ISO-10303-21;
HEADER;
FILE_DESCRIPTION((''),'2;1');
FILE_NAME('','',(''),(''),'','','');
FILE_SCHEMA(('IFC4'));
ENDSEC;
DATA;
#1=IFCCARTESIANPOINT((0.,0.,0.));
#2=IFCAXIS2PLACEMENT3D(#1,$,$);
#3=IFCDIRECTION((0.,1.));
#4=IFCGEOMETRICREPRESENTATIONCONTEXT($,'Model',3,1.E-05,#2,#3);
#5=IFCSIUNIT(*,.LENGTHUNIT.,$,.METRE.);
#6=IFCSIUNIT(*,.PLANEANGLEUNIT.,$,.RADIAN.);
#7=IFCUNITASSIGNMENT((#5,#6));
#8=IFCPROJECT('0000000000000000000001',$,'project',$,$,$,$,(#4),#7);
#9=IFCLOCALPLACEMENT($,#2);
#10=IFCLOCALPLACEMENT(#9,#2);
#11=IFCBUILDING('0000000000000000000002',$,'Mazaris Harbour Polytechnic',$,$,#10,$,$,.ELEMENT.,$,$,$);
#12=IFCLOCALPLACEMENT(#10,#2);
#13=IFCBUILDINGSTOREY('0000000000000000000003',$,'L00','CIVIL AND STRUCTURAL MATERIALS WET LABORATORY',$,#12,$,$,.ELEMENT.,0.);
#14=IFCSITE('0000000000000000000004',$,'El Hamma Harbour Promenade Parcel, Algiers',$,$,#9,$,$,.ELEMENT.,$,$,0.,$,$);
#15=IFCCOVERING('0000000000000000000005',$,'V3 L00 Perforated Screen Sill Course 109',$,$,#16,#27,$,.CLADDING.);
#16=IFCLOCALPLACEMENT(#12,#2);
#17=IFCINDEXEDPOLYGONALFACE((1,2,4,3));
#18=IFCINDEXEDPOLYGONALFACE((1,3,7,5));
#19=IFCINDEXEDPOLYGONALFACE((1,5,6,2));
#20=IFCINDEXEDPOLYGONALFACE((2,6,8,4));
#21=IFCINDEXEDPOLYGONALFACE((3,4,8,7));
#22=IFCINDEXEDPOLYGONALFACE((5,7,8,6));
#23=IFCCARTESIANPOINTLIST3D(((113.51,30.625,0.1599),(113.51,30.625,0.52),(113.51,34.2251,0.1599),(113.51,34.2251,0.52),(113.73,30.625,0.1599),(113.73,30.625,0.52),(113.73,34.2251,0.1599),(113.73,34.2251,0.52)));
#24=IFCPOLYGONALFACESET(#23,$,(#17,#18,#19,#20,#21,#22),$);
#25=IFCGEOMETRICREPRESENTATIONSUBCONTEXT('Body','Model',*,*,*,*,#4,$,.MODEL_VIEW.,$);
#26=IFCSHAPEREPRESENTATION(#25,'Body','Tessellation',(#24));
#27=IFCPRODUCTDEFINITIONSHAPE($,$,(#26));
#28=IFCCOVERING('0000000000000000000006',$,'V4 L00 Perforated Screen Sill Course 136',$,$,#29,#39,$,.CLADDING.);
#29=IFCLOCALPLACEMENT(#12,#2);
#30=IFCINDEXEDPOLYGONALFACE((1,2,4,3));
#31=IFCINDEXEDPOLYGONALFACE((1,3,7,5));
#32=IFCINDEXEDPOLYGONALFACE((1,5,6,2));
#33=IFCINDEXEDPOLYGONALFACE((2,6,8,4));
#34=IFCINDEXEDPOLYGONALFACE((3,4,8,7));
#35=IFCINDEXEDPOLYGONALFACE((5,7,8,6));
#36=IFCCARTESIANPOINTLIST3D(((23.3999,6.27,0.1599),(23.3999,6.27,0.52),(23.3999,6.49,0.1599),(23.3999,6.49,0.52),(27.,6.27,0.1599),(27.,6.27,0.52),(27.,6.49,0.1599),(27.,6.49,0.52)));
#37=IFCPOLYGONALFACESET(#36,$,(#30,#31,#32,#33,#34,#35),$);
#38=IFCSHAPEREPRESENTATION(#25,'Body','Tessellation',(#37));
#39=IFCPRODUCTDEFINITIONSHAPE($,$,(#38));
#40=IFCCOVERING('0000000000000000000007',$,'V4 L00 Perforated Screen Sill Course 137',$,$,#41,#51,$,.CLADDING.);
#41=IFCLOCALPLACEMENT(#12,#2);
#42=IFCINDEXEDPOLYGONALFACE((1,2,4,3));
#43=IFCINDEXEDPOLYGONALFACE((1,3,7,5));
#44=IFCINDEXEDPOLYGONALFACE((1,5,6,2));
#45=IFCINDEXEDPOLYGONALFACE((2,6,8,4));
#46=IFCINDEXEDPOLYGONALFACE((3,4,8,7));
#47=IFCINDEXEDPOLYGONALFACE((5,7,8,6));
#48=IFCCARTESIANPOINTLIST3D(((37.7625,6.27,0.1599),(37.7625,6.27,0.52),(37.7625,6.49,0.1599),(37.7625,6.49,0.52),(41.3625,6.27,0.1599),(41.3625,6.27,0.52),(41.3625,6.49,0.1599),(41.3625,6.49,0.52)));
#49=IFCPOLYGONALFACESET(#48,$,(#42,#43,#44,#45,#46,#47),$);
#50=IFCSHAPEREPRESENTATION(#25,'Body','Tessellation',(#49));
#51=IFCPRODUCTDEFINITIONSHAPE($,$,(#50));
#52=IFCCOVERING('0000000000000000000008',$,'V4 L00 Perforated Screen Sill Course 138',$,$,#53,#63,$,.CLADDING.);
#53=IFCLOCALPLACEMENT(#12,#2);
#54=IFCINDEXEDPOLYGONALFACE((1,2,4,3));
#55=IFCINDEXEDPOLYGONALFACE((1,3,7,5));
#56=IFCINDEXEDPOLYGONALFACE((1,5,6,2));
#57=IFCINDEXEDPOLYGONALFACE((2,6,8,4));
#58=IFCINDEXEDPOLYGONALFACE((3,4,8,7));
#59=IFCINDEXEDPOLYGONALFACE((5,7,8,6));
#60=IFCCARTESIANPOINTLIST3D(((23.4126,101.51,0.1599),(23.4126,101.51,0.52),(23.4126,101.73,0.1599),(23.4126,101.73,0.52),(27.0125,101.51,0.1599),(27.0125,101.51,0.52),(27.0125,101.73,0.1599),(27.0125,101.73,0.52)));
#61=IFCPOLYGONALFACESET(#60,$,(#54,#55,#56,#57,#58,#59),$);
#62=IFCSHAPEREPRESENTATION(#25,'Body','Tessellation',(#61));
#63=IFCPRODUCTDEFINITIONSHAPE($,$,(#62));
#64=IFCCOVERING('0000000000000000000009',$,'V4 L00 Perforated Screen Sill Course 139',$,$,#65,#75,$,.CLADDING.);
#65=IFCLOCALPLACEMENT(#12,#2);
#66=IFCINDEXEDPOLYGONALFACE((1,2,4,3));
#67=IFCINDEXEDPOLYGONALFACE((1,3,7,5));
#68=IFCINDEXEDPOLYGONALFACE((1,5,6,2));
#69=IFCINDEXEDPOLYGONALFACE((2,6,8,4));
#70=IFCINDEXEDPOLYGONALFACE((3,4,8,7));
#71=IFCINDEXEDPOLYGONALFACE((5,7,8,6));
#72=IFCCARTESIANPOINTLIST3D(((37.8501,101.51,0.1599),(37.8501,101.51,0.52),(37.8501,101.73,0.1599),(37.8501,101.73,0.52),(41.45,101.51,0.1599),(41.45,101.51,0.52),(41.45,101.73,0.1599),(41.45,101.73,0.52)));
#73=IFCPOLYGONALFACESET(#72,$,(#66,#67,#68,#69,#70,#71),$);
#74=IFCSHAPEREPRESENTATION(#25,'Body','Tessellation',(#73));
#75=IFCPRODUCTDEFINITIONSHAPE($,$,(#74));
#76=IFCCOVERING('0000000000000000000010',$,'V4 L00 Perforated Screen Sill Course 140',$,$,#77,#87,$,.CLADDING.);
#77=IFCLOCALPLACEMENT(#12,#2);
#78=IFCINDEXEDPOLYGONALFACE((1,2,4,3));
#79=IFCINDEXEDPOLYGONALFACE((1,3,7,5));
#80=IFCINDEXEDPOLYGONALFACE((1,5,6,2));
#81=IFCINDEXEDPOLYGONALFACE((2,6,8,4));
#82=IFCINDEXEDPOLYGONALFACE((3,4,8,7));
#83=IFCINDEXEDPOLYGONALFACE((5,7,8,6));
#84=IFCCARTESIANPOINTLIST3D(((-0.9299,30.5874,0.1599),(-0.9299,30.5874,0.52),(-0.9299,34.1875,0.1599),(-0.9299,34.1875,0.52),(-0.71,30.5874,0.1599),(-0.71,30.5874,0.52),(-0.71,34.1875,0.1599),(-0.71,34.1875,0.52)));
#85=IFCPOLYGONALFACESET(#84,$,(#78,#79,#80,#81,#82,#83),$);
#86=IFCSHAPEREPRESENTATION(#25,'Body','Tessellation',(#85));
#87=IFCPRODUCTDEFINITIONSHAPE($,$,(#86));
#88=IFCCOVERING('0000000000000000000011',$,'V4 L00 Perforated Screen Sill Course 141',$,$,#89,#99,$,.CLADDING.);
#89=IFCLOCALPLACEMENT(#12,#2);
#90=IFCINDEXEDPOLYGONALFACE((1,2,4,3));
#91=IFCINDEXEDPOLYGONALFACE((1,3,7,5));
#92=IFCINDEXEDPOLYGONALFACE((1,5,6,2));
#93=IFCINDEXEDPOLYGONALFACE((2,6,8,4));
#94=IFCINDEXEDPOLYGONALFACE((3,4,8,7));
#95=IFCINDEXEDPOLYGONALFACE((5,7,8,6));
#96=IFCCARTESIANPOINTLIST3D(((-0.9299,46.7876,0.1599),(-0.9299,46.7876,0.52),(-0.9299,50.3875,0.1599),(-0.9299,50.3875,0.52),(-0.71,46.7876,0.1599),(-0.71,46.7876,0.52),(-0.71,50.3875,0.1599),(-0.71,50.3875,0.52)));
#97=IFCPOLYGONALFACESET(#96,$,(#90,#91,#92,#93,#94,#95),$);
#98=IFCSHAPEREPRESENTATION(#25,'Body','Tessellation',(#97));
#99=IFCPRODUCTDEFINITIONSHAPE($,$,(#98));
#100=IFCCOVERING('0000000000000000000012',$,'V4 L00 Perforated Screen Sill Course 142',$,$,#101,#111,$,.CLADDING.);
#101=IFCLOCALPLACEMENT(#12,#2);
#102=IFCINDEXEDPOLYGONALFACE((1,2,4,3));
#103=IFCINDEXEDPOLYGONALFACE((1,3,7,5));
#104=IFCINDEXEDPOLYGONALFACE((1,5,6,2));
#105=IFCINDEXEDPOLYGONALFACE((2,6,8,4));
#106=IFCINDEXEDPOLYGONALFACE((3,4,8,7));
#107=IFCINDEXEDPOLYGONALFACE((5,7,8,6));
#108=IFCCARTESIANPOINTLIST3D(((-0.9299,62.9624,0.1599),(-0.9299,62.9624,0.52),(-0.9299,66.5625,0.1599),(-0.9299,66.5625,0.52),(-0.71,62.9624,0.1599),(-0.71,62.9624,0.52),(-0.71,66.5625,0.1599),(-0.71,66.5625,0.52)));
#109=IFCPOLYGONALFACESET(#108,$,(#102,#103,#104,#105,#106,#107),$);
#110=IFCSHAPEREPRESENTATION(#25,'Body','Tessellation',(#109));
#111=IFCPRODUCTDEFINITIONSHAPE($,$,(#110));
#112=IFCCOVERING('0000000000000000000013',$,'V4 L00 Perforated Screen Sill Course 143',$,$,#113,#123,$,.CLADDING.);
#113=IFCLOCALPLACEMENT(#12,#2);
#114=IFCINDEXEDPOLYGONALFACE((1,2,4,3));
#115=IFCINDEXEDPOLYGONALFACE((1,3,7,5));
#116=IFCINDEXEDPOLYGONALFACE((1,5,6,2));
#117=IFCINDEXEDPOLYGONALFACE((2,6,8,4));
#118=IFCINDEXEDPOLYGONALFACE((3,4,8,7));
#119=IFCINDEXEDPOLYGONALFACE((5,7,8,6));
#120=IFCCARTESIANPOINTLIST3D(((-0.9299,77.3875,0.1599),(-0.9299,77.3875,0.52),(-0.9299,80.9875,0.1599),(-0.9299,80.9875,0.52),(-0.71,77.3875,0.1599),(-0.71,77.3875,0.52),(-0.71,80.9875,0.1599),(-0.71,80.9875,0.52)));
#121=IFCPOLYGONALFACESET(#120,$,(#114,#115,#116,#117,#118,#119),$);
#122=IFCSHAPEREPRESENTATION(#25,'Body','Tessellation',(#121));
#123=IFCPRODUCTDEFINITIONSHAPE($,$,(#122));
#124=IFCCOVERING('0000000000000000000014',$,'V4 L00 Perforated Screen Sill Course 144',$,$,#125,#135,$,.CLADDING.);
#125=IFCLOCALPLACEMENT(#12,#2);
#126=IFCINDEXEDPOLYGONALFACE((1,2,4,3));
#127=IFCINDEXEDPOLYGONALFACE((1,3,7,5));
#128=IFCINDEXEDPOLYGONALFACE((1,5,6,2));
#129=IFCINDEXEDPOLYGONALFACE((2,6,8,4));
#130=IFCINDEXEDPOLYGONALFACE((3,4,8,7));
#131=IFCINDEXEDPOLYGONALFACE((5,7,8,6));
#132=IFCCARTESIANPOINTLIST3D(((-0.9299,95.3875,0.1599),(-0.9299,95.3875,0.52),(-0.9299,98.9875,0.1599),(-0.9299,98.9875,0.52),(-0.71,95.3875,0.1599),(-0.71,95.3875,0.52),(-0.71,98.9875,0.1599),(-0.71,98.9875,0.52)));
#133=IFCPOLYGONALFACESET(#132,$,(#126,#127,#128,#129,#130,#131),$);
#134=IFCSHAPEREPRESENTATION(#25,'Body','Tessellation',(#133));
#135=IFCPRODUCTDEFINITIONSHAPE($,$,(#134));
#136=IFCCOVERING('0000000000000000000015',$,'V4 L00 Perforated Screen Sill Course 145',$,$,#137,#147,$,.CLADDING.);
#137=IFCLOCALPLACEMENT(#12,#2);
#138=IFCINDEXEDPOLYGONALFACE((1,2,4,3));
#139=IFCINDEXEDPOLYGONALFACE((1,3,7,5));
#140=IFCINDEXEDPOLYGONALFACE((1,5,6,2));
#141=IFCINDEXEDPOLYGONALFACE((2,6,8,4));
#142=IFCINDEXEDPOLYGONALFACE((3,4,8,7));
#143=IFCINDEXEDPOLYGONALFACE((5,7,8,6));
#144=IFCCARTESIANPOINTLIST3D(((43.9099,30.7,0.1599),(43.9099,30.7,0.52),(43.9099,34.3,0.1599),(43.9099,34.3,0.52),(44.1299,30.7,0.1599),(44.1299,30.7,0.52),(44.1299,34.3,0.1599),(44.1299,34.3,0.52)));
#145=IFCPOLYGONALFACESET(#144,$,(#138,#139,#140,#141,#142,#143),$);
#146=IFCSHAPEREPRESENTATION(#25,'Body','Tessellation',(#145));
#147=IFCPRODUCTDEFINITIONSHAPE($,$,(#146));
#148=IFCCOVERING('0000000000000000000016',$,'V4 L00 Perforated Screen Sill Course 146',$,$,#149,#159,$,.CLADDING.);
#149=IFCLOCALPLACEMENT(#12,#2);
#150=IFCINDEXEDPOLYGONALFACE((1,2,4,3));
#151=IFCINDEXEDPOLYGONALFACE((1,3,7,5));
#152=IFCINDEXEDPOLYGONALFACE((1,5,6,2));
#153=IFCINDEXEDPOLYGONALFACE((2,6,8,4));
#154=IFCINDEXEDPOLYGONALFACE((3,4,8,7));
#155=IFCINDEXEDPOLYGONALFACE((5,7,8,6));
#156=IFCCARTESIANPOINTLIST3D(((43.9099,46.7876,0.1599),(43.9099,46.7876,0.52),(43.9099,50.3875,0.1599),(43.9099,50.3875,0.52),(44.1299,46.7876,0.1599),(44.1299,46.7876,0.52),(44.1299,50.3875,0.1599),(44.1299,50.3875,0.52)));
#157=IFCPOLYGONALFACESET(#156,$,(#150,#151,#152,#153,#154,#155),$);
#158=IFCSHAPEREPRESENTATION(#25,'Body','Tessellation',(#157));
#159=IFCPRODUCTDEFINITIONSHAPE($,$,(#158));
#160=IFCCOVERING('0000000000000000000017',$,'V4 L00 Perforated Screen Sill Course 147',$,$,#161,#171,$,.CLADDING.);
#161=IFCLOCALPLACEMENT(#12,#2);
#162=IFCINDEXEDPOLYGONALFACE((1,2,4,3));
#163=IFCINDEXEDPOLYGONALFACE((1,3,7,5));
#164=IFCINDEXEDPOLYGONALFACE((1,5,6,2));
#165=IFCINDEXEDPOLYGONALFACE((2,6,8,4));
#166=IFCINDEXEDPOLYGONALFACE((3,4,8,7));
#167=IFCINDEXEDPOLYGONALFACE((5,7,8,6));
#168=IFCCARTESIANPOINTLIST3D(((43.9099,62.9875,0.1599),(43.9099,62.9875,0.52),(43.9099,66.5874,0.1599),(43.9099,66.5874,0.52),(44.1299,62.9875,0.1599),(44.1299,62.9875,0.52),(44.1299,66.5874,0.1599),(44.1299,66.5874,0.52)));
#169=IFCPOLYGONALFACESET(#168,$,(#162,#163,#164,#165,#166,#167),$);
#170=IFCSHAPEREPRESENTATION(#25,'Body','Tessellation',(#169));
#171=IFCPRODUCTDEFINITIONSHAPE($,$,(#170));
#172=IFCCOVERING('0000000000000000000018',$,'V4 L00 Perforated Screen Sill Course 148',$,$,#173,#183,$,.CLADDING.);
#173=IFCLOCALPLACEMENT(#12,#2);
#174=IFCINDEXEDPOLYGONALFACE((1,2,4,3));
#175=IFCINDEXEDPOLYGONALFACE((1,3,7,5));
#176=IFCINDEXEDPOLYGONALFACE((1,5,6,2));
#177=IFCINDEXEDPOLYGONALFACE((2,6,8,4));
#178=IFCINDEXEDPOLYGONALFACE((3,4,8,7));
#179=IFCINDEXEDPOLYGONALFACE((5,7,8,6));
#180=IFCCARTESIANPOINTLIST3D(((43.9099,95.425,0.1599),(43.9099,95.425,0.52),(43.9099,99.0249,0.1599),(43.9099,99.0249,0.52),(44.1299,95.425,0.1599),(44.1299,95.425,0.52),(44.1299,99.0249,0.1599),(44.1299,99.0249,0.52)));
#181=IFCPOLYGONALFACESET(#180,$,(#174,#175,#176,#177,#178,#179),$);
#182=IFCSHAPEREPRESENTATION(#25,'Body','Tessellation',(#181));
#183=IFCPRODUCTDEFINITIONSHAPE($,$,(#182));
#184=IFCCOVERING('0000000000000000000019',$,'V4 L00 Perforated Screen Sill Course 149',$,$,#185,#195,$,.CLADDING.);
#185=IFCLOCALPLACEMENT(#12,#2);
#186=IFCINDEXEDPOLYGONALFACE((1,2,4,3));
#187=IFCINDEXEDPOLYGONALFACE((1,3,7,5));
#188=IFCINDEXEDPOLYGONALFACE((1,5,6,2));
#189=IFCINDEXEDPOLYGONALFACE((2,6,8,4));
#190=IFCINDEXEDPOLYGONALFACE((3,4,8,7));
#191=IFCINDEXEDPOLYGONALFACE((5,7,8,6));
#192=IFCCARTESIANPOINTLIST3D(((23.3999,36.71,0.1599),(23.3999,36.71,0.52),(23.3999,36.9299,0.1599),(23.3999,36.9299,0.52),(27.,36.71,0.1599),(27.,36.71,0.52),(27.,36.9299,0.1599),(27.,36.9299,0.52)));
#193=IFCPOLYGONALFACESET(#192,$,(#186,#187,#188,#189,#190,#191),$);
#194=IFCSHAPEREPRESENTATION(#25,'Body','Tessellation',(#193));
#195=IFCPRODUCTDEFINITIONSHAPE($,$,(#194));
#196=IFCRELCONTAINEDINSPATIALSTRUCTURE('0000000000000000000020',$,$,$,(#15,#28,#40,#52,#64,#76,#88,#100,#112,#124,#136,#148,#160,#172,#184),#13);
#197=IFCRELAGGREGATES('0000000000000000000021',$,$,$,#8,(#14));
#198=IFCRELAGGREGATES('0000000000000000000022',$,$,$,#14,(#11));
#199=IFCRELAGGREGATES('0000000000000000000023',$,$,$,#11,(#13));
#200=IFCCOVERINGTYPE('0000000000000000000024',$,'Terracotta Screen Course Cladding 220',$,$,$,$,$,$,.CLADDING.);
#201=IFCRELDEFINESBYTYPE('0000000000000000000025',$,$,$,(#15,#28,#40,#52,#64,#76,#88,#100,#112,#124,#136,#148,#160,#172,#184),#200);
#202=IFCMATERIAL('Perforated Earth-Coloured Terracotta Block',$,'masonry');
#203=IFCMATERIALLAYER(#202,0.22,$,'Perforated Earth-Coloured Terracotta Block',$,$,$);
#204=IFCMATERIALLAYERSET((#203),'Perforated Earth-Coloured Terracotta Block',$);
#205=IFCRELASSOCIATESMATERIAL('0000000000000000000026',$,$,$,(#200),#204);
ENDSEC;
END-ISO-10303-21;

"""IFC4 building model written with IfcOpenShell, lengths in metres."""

from ifc_helpers import new_model, si_unit, direction, frame, origin, place, context, subcontext, project, spatial, polyline, outline, extrude, material, layer, layer_set, type_object, element, save


model = new_model("IFC4")

# Units and contexts
model_context = context("Model", 3, precision=1e-05, world=origin(), true_north=direction((0.0, 1.0)))
body_context = subcontext(model_context, "Body", "Model", "MODEL_VIEW")
ifc_project = project(units=[si_unit("LENGTHUNIT", "METRE"), si_unit("PLANEANGLEUNIT", "RADIAN")], contexts=[model_context])

# Site, building, storey
site_placement = place(None, origin())
site = spatial("IfcSite", under=ifc_project, at=site_placement, Name="El Hamma Harbour Promenade Parcel, Algiers", CompositionType="ELEMENT", RefElevation=0.0)
building_placement = place(site_placement, origin())
building = spatial("IfcBuilding", under=site, at=building_placement, Name="Mazaris Harbour Polytechnic", CompositionType="ELEMENT")
storey_placement = place(building_placement, origin())
storey = spatial("IfcBuildingStorey", under=building, at=storey_placement, Name="L00", Description="CIVIL AND STRUCTURAL MATERIALS WET LABORATORY", CompositionType="ELEMENT", Elevation=0.0)

# Coverings
ifc_material_1 = material(Name="Perforated Earth-Coloured Terracotta Block", Category="masonry")
ifc_layer_1 = layer(ifc_material_1, 0.22, Name="Perforated Earth-Coloured Terracotta Block")
ifc_layer_set_1 = layer_set([ifc_layer_1], Name="Perforated Earth-Coloured Terracotta Block")
covering_type_1 = type_object("IfcCoveringType", Name="Terracotta Screen Course Cladding 220", PredefinedType="CLADDING", material=ifc_layer_set_1)
covering_1_placement = place(storey_placement, frame((0.0, 0.0, 0.1599)))
element("IfcCovering", 1, at=covering_1_placement, inside=storey, type_object=covering_type_1, Name="V3 L00 Perforated Screen Sill Course 109", PredefinedType="CLADDING", context=body_context, shape_type="SweptSolid", body=[
    extrude(outline(polyline([(113.51, 34.2251), (113.51, 30.625), (113.73, 30.625), (113.73, 34.2251), (113.51, 34.2251)])), origin(), (0.0, 0.0, 1.0), 0.3601),
])
covering_2_placement = place(storey_placement, frame((0.0, 0.0, 0.1599)))
element("IfcCovering", 2, at=covering_2_placement, inside=storey, type_object=covering_type_1, Name="V4 L00 Perforated Screen Sill Course 136", PredefinedType="CLADDING", context=body_context, shape_type="SweptSolid", body=[
    extrude(outline(polyline([(27.0, 6.49), (23.3999, 6.49), (23.3999, 6.27), (27.0, 6.27), (27.0, 6.49)])), origin(), (0.0, 0.0, 1.0), 0.3601),
])
covering_3_placement = place(storey_placement, frame((0.0, 0.0, 0.1599)))
element("IfcCovering", 3, at=covering_3_placement, inside=storey, type_object=covering_type_1, Name="V4 L00 Perforated Screen Sill Course 137", PredefinedType="CLADDING", context=body_context, shape_type="SweptSolid", body=[
    extrude(outline(polyline([(41.3625, 6.49), (37.7625, 6.49), (37.7625, 6.27), (41.3625, 6.27), (41.3625, 6.49)])), origin(), (0.0, 0.0, 1.0), 0.3601),
])
covering_4_placement = place(storey_placement, frame((0.0, 0.0, 0.1599)))
element("IfcCovering", 4, at=covering_4_placement, inside=storey, type_object=covering_type_1, Name="V4 L00 Perforated Screen Sill Course 138", PredefinedType="CLADDING", context=body_context, shape_type="SweptSolid", body=[
    extrude(outline(polyline([(23.4126, 101.51), (27.0125, 101.51), (27.0125, 101.73), (23.4126, 101.73), (23.4126, 101.51)])), origin(), (0.0, 0.0, 1.0), 0.3601),
])
covering_5_placement = place(storey_placement, frame((0.0, 0.0, 0.1599)))
element("IfcCovering", 5, at=covering_5_placement, inside=storey, type_object=covering_type_1, Name="V4 L00 Perforated Screen Sill Course 139", PredefinedType="CLADDING", context=body_context, shape_type="SweptSolid", body=[
    extrude(outline(polyline([(37.8501, 101.51), (41.45, 101.51), (41.45, 101.73), (37.8501, 101.73), (37.8501, 101.51)])), origin(), (0.0, 0.0, 1.0), 0.3601),
])
covering_6_placement = place(storey_placement, frame((0.0, 0.0, 0.1599)))
element("IfcCovering", 6, at=covering_6_placement, inside=storey, type_object=covering_type_1, Name="V4 L00 Perforated Screen Sill Course 140", PredefinedType="CLADDING", context=body_context, shape_type="SweptSolid", body=[
    extrude(outline(polyline([(-0.71, 30.5874), (-0.71, 34.1875), (-0.9299, 34.1875), (-0.9299, 30.5874), (-0.71, 30.5874)])), origin(), (0.0, 0.0, 1.0), 0.3601),
])
covering_7_placement = place(storey_placement, frame((0.0, 0.0, 0.1599)))
element("IfcCovering", 7, at=covering_7_placement, inside=storey, type_object=covering_type_1, Name="V4 L00 Perforated Screen Sill Course 141", PredefinedType="CLADDING", context=body_context, shape_type="SweptSolid", body=[
    extrude(outline(polyline([(-0.71, 46.7876), (-0.71, 50.3875), (-0.9299, 50.3875), (-0.9299, 46.7876), (-0.71, 46.7876)])), origin(), (0.0, 0.0, 1.0), 0.3601),
])
covering_8_placement = place(storey_placement, frame((0.0, 0.0, 0.1599)))
element("IfcCovering", 8, at=covering_8_placement, inside=storey, type_object=covering_type_1, Name="V4 L00 Perforated Screen Sill Course 142", PredefinedType="CLADDING", context=body_context, shape_type="SweptSolid", body=[
    extrude(outline(polyline([(-0.71, 62.9624), (-0.71, 66.5625), (-0.9299, 66.5625), (-0.9299, 62.9624), (-0.71, 62.9624)])), origin(), (0.0, 0.0, 1.0), 0.3601),
])
covering_9_placement = place(storey_placement, frame((0.0, 0.0, 0.1599)))
element("IfcCovering", 9, at=covering_9_placement, inside=storey, type_object=covering_type_1, Name="V4 L00 Perforated Screen Sill Course 143", PredefinedType="CLADDING", context=body_context, shape_type="SweptSolid", body=[
    extrude(outline(polyline([(-0.71, 77.3875), (-0.71, 80.9875), (-0.9299, 80.9875), (-0.9299, 77.3875), (-0.71, 77.3875)])), origin(), (0.0, 0.0, 1.0), 0.3601),
])
covering_10_placement = place(storey_placement, frame((0.0, 0.0, 0.1599)))
element("IfcCovering", 10, at=covering_10_placement, inside=storey, type_object=covering_type_1, Name="V4 L00 Perforated Screen Sill Course 144", PredefinedType="CLADDING", context=body_context, shape_type="SweptSolid", body=[
    extrude(outline(polyline([(-0.71, 95.3875), (-0.71, 98.9875), (-0.9299, 98.9875), (-0.9299, 95.3875), (-0.71, 95.3875)])), origin(), (0.0, 0.0, 1.0), 0.3601),
])
covering_11_placement = place(storey_placement, frame((0.0, 0.0, 0.1599)))
element("IfcCovering", 11, at=covering_11_placement, inside=storey, type_object=covering_type_1, Name="V4 L00 Perforated Screen Sill Course 145", PredefinedType="CLADDING", context=body_context, shape_type="SweptSolid", body=[
    extrude(outline(polyline([(43.9099, 34.3), (43.9099, 30.7), (44.1299, 30.7), (44.1299, 34.3), (43.9099, 34.3)])), origin(), (0.0, 0.0, 1.0), 0.3601),
])
covering_12_placement = place(storey_placement, frame((0.0, 0.0, 0.1599)))
element("IfcCovering", 12, at=covering_12_placement, inside=storey, type_object=covering_type_1, Name="V4 L00 Perforated Screen Sill Course 146", PredefinedType="CLADDING", context=body_context, shape_type="SweptSolid", body=[
    extrude(outline(polyline([(43.9099, 50.3875), (43.9099, 46.7876), (44.1299, 46.7876), (44.1299, 50.3875), (43.9099, 50.3875)])), origin(), (0.0, 0.0, 1.0), 0.3601),
])
covering_13_placement = place(storey_placement, frame((0.0, 0.0, 0.1599)))
element("IfcCovering", 13, at=covering_13_placement, inside=storey, type_object=covering_type_1, Name="V4 L00 Perforated Screen Sill Course 147", PredefinedType="CLADDING", context=body_context, shape_type="SweptSolid", body=[
    extrude(outline(polyline([(43.9099, 66.5874), (43.9099, 62.9875), (44.1299, 62.9875), (44.1299, 66.5874), (43.9099, 66.5874)])), origin(), (0.0, 0.0, 1.0), 0.3601),
])
covering_14_placement = place(storey_placement, frame((0.0, 0.0, 0.1599)))
element("IfcCovering", 14, at=covering_14_placement, inside=storey, type_object=covering_type_1, Name="V4 L00 Perforated Screen Sill Course 148", PredefinedType="CLADDING", context=body_context, shape_type="SweptSolid", body=[
    extrude(outline(polyline([(43.9099, 99.0249), (43.9099, 95.425), (44.1299, 95.425), (44.1299, 99.0249), (43.9099, 99.0249)])), origin(), (0.0, 0.0, 1.0), 0.3601),
])
covering_15_placement = place(storey_placement, frame((0.0, 0.0, 0.1599)))
element("IfcCovering", 15, at=covering_15_placement, inside=storey, type_object=covering_type_1, Name="V4 L00 Perforated Screen Sill Course 149", PredefinedType="CLADDING", context=body_context, shape_type="SweptSolid", body=[
    extrude(outline(polyline([(23.3999, 36.71), (27.0, 36.71), (27.0, 36.9299), (23.3999, 36.9299), (23.3999, 36.71)])), origin(), (0.0, 0.0, 1.0), 0.3601),
])

save(model, "model.ifc")
